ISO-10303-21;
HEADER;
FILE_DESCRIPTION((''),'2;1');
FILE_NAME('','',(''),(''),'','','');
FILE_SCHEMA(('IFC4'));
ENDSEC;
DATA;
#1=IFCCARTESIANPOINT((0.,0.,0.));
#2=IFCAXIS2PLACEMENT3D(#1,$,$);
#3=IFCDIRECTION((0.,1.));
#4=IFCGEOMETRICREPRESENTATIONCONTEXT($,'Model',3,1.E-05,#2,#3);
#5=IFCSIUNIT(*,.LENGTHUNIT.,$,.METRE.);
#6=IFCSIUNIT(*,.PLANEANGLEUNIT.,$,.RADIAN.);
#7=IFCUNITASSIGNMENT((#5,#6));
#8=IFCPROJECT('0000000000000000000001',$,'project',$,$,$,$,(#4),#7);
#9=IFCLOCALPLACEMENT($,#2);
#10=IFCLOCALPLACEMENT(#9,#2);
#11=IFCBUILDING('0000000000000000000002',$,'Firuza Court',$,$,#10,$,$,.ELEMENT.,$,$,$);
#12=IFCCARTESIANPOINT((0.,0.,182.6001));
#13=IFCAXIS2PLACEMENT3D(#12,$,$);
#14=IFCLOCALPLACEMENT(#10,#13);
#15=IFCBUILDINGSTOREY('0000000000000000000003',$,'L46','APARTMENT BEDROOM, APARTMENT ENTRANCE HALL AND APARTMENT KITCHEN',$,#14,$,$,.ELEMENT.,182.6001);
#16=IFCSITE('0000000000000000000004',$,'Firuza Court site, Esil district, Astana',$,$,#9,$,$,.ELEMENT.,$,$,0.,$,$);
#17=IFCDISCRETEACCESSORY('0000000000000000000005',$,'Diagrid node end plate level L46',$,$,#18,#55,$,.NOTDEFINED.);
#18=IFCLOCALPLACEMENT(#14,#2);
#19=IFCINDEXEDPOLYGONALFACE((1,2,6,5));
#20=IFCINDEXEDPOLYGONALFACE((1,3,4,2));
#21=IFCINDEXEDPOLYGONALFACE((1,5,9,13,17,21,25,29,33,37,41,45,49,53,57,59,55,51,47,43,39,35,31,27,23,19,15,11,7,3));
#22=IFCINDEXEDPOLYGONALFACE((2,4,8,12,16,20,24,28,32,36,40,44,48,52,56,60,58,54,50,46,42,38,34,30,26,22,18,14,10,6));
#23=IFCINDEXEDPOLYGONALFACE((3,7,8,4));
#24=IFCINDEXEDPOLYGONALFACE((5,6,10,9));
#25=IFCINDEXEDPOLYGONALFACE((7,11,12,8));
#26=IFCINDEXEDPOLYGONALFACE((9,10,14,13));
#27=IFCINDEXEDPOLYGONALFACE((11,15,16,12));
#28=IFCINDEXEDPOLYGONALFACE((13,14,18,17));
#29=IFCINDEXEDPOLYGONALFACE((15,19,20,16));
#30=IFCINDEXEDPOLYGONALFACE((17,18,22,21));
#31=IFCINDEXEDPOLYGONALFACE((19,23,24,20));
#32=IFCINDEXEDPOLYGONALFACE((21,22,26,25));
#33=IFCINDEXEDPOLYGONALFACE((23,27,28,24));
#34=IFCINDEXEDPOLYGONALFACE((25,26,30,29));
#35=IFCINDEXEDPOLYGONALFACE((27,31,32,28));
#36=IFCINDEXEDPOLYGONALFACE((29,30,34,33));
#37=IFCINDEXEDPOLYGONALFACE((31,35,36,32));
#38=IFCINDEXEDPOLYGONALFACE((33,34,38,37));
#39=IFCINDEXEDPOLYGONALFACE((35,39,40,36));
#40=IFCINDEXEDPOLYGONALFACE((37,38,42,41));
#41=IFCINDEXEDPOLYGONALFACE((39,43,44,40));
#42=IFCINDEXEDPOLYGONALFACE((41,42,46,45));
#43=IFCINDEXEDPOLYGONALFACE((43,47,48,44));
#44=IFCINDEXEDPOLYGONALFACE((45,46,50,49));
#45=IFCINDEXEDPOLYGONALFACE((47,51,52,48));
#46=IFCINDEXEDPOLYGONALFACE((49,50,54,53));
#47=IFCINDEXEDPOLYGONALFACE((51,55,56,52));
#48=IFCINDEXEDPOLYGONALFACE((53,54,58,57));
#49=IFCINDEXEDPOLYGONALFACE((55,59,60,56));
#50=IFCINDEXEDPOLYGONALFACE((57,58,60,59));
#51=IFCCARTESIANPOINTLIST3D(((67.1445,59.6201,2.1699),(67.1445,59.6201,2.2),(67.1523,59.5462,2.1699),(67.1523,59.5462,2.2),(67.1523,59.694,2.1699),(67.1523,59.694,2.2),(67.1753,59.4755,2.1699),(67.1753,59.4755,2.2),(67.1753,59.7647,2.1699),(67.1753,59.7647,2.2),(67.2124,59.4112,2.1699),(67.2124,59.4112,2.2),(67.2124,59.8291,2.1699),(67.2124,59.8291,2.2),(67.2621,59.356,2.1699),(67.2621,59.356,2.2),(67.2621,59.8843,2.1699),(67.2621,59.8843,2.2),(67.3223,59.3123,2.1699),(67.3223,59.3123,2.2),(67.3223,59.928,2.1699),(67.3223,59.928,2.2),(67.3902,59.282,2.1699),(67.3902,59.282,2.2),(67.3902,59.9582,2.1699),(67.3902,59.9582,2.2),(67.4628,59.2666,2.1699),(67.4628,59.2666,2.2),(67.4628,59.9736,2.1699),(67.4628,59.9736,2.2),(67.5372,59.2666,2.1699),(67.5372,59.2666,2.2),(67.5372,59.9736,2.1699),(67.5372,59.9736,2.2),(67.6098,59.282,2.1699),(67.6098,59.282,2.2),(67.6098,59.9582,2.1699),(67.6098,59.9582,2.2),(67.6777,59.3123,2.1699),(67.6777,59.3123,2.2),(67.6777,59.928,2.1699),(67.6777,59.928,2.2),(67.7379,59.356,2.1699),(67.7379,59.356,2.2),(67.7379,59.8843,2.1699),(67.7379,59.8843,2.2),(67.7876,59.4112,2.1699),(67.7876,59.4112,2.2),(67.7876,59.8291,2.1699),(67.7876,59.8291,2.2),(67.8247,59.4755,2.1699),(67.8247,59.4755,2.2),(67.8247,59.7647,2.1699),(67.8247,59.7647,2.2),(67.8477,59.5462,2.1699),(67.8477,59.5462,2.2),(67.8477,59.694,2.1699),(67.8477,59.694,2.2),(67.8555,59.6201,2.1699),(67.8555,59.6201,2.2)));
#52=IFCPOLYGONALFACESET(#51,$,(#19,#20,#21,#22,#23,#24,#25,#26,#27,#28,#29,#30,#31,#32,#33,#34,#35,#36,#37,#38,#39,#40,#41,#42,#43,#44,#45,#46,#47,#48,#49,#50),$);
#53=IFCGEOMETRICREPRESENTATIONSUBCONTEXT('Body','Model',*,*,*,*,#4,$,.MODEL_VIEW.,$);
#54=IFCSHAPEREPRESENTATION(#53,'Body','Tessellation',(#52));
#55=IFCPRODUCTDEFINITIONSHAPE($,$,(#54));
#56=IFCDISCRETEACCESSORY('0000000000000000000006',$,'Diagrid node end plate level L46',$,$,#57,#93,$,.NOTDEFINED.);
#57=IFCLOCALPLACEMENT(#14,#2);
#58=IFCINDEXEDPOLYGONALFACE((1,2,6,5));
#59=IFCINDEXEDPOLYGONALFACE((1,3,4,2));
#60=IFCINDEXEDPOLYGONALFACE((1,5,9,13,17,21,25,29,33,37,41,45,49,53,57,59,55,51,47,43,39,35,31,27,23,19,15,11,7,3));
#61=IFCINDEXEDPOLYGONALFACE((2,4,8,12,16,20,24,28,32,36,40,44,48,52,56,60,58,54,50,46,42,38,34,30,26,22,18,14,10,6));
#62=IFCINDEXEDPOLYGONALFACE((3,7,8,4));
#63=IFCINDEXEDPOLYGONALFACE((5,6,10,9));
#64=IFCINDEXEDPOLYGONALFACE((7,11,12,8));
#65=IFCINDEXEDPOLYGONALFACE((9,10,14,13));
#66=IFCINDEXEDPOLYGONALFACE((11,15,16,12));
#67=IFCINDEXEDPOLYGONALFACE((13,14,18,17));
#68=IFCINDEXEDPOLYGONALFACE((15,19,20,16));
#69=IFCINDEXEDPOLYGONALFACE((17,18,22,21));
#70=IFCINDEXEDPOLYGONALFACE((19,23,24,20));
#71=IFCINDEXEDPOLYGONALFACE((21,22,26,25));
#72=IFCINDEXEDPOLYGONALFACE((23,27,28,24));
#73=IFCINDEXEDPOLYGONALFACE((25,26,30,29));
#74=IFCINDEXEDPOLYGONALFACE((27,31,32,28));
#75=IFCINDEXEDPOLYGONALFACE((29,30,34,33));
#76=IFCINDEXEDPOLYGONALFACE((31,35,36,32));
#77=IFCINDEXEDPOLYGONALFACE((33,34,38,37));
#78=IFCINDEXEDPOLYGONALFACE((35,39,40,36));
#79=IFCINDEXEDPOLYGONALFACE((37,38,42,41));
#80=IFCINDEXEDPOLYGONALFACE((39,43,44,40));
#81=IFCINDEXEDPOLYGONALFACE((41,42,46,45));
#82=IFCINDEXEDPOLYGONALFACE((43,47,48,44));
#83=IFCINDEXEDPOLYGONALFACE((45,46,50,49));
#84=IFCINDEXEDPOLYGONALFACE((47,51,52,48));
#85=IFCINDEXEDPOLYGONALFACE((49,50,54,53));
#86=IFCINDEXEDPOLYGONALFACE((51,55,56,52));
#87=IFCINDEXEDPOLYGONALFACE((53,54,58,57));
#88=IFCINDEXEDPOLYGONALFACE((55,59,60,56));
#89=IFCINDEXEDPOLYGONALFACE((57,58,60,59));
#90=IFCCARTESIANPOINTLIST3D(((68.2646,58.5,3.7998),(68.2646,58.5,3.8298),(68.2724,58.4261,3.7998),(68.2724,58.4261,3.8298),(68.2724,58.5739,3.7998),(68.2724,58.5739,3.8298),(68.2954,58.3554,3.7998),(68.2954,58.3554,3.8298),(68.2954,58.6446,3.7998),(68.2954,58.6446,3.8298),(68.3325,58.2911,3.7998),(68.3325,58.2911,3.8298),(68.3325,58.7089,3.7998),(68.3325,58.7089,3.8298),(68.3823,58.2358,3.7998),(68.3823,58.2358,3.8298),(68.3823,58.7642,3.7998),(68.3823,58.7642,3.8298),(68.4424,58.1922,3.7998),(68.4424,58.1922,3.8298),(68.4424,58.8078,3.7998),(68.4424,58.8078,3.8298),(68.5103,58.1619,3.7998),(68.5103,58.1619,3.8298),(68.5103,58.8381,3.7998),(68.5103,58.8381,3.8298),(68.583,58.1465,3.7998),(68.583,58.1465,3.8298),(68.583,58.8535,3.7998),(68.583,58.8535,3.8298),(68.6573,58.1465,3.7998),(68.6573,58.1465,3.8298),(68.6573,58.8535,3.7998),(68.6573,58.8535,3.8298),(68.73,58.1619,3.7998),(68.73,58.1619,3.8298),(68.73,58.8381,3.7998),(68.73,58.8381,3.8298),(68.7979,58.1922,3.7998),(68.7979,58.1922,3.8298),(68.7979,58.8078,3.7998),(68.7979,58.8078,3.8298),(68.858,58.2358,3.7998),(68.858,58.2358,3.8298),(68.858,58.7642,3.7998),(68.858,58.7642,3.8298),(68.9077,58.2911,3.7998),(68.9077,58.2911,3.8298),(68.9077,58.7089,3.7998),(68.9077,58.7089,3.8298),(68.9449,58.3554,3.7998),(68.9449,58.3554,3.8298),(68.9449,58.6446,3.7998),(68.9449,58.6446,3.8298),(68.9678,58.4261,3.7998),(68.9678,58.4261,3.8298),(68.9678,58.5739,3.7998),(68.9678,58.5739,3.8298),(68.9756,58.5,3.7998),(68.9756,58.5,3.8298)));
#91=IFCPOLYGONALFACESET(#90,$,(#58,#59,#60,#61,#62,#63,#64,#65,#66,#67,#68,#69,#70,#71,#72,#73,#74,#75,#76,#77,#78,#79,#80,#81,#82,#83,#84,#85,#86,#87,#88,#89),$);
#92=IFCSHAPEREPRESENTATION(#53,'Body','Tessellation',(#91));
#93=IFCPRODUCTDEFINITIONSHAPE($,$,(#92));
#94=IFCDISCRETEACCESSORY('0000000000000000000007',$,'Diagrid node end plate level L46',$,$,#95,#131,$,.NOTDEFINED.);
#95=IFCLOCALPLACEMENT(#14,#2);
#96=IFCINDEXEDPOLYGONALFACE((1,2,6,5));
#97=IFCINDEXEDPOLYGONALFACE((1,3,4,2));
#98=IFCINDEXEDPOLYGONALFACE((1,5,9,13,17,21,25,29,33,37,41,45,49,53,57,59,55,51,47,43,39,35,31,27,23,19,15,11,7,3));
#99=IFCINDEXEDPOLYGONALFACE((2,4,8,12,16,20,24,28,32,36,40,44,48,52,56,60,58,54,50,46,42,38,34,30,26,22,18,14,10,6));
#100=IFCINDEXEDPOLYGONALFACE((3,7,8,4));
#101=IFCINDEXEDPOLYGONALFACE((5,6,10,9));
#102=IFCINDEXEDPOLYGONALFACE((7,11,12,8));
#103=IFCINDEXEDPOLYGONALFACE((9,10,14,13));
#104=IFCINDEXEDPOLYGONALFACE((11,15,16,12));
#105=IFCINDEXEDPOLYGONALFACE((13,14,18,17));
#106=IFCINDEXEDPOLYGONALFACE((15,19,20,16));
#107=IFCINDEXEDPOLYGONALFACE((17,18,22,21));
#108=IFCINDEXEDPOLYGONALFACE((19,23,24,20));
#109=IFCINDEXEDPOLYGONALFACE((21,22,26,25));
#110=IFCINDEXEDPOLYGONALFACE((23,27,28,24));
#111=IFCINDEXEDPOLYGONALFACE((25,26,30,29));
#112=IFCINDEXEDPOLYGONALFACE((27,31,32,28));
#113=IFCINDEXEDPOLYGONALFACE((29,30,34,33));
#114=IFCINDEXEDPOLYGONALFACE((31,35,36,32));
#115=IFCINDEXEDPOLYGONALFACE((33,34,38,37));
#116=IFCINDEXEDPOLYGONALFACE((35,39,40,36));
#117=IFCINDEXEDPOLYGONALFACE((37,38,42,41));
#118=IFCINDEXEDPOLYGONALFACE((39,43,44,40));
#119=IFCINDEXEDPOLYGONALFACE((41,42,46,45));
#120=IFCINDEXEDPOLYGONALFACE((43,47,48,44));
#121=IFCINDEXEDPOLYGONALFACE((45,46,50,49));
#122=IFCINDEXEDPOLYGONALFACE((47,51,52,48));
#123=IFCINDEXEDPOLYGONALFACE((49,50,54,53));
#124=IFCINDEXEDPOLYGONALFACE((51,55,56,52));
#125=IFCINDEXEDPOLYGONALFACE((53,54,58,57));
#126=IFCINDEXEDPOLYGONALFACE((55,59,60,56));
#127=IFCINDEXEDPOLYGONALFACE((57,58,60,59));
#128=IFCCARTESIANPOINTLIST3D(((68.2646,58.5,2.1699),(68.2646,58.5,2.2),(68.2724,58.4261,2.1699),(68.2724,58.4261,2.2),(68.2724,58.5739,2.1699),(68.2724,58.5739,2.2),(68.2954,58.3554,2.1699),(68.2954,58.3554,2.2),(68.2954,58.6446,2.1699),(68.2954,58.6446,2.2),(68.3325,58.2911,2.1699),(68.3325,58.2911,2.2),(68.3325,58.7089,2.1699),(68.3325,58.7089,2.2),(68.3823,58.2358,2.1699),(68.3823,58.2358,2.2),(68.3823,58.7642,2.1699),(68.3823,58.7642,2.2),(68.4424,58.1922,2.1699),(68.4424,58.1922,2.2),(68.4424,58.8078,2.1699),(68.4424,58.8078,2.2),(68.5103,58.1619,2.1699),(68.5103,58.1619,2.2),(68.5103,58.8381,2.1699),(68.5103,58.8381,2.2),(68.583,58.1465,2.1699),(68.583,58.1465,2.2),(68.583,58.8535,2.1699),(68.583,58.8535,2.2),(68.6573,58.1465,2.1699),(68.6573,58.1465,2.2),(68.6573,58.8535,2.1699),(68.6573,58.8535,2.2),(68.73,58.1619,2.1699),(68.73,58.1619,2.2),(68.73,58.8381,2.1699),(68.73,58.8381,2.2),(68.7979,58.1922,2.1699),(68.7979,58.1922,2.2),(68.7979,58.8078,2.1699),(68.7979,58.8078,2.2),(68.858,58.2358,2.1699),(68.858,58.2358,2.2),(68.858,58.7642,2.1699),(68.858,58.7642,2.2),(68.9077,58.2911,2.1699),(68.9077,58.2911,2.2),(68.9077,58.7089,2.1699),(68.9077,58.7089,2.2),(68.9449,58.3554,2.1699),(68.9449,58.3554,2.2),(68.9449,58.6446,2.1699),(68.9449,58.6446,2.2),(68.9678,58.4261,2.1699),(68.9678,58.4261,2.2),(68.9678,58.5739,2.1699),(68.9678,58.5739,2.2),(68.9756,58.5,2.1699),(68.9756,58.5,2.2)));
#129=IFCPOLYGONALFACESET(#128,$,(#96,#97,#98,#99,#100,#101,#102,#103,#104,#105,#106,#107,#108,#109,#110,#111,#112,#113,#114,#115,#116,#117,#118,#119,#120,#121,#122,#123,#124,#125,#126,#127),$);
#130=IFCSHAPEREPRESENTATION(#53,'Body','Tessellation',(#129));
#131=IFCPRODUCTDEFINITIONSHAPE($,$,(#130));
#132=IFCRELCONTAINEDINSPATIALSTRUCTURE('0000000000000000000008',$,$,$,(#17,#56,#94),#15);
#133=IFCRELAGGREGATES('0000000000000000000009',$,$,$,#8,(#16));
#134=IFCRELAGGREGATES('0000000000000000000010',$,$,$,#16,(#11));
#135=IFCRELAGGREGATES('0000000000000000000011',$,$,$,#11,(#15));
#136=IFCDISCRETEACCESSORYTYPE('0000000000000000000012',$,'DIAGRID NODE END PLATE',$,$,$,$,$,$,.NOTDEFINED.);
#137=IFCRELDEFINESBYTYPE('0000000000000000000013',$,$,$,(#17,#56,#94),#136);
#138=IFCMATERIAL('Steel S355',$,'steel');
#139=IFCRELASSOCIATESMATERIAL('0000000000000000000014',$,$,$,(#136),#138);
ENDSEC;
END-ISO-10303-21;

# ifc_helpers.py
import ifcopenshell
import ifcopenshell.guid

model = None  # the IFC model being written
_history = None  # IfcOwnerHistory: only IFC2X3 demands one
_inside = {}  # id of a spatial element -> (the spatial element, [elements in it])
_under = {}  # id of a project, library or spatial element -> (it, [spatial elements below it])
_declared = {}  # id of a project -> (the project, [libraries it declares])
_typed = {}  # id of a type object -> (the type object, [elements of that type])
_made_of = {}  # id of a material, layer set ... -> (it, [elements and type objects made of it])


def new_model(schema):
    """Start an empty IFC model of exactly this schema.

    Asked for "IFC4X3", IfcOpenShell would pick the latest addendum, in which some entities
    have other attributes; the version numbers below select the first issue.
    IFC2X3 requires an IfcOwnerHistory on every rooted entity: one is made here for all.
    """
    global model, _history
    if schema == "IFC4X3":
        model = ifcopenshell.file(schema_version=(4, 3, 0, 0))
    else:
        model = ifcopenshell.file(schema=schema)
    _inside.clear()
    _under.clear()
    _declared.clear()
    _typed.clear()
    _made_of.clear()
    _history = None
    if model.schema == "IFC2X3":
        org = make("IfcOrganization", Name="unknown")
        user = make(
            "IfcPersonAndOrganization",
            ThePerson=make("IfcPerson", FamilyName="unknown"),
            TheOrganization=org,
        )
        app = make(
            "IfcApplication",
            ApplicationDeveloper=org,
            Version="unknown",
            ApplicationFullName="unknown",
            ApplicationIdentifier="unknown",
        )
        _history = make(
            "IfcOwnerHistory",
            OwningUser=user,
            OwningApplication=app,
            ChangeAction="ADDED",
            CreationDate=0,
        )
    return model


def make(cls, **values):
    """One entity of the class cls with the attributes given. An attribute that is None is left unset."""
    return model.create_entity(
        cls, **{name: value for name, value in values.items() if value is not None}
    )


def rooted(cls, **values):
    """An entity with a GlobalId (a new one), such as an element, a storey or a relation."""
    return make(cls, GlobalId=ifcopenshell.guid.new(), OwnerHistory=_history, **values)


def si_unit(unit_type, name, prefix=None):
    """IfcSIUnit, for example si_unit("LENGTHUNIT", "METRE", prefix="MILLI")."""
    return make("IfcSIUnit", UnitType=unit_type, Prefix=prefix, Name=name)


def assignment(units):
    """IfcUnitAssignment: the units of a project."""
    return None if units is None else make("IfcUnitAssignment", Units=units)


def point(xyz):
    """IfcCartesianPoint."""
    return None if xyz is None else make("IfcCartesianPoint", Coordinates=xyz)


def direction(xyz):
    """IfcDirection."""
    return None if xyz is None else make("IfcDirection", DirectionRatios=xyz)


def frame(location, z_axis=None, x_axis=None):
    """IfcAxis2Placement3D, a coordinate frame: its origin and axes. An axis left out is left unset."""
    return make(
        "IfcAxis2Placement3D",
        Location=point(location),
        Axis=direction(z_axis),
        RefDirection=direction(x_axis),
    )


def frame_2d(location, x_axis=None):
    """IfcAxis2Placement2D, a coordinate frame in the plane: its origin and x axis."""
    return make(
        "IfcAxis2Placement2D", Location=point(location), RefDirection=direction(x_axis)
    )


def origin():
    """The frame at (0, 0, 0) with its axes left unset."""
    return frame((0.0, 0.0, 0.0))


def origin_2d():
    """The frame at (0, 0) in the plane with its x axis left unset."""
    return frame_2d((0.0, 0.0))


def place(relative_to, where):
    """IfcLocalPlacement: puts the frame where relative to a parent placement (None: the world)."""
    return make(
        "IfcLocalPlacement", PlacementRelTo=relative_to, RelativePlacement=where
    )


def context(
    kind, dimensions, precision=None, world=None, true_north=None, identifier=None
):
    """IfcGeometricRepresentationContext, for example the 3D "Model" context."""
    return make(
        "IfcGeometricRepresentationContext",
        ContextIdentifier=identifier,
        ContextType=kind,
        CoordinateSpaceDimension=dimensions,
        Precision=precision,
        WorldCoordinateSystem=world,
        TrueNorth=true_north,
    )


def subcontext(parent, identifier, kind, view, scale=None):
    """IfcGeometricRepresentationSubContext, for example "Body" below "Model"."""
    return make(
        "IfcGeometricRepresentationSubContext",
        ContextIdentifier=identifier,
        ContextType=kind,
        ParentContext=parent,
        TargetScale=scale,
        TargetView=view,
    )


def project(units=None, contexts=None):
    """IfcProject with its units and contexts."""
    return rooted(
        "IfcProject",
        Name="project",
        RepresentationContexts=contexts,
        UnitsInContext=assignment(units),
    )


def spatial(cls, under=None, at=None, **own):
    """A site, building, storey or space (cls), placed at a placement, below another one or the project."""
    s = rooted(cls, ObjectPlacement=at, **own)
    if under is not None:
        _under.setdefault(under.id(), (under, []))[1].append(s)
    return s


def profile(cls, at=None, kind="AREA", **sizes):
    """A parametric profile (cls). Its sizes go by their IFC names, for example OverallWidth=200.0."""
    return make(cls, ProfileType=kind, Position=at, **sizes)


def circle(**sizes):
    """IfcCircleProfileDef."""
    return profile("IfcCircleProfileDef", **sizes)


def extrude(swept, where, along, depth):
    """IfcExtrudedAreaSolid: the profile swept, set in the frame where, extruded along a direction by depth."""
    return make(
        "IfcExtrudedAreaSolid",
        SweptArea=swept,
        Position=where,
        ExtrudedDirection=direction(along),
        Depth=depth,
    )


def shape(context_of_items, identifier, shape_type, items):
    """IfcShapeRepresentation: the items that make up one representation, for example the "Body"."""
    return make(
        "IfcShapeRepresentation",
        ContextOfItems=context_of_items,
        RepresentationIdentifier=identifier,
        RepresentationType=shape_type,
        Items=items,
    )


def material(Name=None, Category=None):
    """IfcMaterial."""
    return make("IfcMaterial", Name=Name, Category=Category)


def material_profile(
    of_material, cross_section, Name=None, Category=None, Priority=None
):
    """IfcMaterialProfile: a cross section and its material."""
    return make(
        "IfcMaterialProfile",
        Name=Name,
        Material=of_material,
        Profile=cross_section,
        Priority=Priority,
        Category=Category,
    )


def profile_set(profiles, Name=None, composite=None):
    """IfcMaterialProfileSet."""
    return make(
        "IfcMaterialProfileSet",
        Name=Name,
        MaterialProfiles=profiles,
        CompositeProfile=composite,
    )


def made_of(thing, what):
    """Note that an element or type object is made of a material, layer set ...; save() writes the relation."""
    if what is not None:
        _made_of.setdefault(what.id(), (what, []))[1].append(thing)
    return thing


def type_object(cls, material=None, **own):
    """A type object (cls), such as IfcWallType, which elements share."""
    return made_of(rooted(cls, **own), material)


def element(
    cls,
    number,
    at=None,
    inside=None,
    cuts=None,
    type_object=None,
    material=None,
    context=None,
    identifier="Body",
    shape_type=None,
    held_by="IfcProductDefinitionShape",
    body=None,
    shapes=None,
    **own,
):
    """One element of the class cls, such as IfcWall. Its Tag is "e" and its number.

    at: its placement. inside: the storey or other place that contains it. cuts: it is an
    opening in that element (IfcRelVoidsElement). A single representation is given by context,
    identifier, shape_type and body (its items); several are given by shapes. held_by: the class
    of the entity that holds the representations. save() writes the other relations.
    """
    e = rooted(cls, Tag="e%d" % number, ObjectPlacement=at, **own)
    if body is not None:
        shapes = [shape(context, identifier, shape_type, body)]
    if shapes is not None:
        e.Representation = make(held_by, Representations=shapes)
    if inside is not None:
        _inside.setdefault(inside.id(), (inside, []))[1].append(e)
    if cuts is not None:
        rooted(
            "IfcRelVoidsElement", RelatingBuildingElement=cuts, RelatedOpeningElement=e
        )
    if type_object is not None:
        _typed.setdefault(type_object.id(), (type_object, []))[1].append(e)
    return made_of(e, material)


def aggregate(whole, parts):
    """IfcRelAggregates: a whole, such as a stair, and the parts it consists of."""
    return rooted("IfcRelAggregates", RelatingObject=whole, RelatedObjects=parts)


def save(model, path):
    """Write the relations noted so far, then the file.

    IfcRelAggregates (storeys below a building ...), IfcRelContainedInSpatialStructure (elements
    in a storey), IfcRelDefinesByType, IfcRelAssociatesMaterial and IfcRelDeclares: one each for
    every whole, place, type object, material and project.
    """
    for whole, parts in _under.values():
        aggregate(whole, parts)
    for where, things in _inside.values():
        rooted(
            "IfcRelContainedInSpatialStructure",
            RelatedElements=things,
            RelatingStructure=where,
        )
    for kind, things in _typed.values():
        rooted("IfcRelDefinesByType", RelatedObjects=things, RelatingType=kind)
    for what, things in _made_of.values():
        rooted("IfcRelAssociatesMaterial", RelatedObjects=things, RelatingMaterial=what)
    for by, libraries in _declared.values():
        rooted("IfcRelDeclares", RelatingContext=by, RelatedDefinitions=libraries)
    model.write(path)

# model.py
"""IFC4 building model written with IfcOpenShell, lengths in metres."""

from ifc_helpers import new_model, si_unit, direction, frame, origin, origin_2d, place, context, subcontext, project, spatial, circle, extrude, material, material_profile, profile_set, type_object, element, save


model = new_model("IFC4")

# Units and contexts
model_context = context("Model", 3, precision=1e-05, world=origin(), true_north=direction((0.0, 1.0)))
body_context = subcontext(model_context, "Body", "Model", "MODEL_VIEW")
ifc_project = project(units=[si_unit("LENGTHUNIT", "METRE"), si_unit("PLANEANGLEUNIT", "RADIAN")], contexts=[model_context])

# Site, building, storey
site_placement = place(None, origin())
site = spatial("IfcSite", under=ifc_project, at=site_placement, Name="Firuza Court site, Esil district, Astana", CompositionType="ELEMENT", RefElevation=0.0)
building_placement = place(site_placement, origin())
building = spatial("IfcBuilding", under=site, at=building_placement, Name="Firuza Court", CompositionType="ELEMENT")
storey_placement = place(building_placement, frame((0.0, 0.0, 182.6001)))
storey = spatial("IfcBuildingStorey", under=building, at=storey_placement, Name="L46", Description="APARTMENT BEDROOM, APARTMENT ENTRANCE HALL AND APARTMENT KITCHEN", CompositionType="ELEMENT", Elevation=182.6001)

# Discrete accessories
ifc_material_1 = material(Name="Steel S355", Category="steel")
ifc_material_profile_1 = material_profile(ifc_material_1, circle(Radius=0.3555, at=origin_2d()), Name="PL D711")
ifc_profile_set_1 = profile_set([ifc_material_profile_1], Name="Steel S355")
discrete_accessory_type = type_object("IfcDiscreteAccessoryType", Name="DIAGRID NODE END PLATE", PredefinedType="NOTDEFINED", material=ifc_profile_set_1)
for number, where, z_axis, x_axis, name in (
    (1, (67.5, 59.6201, 2.1699), (0.0, 0.0, 1.0), (1.0, 0.0, 0.0), "Diagrid node end plate level L46"),
    (2, (68.6201, 58.5, 3.7998), (0.0, 0.0, 1.0), (1.0, 0.0, 0.0), "Diagrid node end plate level L46"),
    (3, (68.6201, 58.5, 2.1699), (0.0, 0.0, 1.0), (1.0, 0.0, 0.0), "Diagrid node end plate level L46"),
):
    element("IfcDiscreteAccessory", number, at=place(storey_placement, frame(where, z_axis=z_axis, x_axis=x_axis)), inside=storey, type_object=discrete_accessory_type, Name=name, PredefinedType="NOTDEFINED", context=body_context, shape_type="SweptSolid", body=[
        extrude(circle(Radius=0.3555, at=origin_2d()), origin(), (0.0, 0.0, 1.0), 0.03),
    ])

save(model, "model.ifc")
